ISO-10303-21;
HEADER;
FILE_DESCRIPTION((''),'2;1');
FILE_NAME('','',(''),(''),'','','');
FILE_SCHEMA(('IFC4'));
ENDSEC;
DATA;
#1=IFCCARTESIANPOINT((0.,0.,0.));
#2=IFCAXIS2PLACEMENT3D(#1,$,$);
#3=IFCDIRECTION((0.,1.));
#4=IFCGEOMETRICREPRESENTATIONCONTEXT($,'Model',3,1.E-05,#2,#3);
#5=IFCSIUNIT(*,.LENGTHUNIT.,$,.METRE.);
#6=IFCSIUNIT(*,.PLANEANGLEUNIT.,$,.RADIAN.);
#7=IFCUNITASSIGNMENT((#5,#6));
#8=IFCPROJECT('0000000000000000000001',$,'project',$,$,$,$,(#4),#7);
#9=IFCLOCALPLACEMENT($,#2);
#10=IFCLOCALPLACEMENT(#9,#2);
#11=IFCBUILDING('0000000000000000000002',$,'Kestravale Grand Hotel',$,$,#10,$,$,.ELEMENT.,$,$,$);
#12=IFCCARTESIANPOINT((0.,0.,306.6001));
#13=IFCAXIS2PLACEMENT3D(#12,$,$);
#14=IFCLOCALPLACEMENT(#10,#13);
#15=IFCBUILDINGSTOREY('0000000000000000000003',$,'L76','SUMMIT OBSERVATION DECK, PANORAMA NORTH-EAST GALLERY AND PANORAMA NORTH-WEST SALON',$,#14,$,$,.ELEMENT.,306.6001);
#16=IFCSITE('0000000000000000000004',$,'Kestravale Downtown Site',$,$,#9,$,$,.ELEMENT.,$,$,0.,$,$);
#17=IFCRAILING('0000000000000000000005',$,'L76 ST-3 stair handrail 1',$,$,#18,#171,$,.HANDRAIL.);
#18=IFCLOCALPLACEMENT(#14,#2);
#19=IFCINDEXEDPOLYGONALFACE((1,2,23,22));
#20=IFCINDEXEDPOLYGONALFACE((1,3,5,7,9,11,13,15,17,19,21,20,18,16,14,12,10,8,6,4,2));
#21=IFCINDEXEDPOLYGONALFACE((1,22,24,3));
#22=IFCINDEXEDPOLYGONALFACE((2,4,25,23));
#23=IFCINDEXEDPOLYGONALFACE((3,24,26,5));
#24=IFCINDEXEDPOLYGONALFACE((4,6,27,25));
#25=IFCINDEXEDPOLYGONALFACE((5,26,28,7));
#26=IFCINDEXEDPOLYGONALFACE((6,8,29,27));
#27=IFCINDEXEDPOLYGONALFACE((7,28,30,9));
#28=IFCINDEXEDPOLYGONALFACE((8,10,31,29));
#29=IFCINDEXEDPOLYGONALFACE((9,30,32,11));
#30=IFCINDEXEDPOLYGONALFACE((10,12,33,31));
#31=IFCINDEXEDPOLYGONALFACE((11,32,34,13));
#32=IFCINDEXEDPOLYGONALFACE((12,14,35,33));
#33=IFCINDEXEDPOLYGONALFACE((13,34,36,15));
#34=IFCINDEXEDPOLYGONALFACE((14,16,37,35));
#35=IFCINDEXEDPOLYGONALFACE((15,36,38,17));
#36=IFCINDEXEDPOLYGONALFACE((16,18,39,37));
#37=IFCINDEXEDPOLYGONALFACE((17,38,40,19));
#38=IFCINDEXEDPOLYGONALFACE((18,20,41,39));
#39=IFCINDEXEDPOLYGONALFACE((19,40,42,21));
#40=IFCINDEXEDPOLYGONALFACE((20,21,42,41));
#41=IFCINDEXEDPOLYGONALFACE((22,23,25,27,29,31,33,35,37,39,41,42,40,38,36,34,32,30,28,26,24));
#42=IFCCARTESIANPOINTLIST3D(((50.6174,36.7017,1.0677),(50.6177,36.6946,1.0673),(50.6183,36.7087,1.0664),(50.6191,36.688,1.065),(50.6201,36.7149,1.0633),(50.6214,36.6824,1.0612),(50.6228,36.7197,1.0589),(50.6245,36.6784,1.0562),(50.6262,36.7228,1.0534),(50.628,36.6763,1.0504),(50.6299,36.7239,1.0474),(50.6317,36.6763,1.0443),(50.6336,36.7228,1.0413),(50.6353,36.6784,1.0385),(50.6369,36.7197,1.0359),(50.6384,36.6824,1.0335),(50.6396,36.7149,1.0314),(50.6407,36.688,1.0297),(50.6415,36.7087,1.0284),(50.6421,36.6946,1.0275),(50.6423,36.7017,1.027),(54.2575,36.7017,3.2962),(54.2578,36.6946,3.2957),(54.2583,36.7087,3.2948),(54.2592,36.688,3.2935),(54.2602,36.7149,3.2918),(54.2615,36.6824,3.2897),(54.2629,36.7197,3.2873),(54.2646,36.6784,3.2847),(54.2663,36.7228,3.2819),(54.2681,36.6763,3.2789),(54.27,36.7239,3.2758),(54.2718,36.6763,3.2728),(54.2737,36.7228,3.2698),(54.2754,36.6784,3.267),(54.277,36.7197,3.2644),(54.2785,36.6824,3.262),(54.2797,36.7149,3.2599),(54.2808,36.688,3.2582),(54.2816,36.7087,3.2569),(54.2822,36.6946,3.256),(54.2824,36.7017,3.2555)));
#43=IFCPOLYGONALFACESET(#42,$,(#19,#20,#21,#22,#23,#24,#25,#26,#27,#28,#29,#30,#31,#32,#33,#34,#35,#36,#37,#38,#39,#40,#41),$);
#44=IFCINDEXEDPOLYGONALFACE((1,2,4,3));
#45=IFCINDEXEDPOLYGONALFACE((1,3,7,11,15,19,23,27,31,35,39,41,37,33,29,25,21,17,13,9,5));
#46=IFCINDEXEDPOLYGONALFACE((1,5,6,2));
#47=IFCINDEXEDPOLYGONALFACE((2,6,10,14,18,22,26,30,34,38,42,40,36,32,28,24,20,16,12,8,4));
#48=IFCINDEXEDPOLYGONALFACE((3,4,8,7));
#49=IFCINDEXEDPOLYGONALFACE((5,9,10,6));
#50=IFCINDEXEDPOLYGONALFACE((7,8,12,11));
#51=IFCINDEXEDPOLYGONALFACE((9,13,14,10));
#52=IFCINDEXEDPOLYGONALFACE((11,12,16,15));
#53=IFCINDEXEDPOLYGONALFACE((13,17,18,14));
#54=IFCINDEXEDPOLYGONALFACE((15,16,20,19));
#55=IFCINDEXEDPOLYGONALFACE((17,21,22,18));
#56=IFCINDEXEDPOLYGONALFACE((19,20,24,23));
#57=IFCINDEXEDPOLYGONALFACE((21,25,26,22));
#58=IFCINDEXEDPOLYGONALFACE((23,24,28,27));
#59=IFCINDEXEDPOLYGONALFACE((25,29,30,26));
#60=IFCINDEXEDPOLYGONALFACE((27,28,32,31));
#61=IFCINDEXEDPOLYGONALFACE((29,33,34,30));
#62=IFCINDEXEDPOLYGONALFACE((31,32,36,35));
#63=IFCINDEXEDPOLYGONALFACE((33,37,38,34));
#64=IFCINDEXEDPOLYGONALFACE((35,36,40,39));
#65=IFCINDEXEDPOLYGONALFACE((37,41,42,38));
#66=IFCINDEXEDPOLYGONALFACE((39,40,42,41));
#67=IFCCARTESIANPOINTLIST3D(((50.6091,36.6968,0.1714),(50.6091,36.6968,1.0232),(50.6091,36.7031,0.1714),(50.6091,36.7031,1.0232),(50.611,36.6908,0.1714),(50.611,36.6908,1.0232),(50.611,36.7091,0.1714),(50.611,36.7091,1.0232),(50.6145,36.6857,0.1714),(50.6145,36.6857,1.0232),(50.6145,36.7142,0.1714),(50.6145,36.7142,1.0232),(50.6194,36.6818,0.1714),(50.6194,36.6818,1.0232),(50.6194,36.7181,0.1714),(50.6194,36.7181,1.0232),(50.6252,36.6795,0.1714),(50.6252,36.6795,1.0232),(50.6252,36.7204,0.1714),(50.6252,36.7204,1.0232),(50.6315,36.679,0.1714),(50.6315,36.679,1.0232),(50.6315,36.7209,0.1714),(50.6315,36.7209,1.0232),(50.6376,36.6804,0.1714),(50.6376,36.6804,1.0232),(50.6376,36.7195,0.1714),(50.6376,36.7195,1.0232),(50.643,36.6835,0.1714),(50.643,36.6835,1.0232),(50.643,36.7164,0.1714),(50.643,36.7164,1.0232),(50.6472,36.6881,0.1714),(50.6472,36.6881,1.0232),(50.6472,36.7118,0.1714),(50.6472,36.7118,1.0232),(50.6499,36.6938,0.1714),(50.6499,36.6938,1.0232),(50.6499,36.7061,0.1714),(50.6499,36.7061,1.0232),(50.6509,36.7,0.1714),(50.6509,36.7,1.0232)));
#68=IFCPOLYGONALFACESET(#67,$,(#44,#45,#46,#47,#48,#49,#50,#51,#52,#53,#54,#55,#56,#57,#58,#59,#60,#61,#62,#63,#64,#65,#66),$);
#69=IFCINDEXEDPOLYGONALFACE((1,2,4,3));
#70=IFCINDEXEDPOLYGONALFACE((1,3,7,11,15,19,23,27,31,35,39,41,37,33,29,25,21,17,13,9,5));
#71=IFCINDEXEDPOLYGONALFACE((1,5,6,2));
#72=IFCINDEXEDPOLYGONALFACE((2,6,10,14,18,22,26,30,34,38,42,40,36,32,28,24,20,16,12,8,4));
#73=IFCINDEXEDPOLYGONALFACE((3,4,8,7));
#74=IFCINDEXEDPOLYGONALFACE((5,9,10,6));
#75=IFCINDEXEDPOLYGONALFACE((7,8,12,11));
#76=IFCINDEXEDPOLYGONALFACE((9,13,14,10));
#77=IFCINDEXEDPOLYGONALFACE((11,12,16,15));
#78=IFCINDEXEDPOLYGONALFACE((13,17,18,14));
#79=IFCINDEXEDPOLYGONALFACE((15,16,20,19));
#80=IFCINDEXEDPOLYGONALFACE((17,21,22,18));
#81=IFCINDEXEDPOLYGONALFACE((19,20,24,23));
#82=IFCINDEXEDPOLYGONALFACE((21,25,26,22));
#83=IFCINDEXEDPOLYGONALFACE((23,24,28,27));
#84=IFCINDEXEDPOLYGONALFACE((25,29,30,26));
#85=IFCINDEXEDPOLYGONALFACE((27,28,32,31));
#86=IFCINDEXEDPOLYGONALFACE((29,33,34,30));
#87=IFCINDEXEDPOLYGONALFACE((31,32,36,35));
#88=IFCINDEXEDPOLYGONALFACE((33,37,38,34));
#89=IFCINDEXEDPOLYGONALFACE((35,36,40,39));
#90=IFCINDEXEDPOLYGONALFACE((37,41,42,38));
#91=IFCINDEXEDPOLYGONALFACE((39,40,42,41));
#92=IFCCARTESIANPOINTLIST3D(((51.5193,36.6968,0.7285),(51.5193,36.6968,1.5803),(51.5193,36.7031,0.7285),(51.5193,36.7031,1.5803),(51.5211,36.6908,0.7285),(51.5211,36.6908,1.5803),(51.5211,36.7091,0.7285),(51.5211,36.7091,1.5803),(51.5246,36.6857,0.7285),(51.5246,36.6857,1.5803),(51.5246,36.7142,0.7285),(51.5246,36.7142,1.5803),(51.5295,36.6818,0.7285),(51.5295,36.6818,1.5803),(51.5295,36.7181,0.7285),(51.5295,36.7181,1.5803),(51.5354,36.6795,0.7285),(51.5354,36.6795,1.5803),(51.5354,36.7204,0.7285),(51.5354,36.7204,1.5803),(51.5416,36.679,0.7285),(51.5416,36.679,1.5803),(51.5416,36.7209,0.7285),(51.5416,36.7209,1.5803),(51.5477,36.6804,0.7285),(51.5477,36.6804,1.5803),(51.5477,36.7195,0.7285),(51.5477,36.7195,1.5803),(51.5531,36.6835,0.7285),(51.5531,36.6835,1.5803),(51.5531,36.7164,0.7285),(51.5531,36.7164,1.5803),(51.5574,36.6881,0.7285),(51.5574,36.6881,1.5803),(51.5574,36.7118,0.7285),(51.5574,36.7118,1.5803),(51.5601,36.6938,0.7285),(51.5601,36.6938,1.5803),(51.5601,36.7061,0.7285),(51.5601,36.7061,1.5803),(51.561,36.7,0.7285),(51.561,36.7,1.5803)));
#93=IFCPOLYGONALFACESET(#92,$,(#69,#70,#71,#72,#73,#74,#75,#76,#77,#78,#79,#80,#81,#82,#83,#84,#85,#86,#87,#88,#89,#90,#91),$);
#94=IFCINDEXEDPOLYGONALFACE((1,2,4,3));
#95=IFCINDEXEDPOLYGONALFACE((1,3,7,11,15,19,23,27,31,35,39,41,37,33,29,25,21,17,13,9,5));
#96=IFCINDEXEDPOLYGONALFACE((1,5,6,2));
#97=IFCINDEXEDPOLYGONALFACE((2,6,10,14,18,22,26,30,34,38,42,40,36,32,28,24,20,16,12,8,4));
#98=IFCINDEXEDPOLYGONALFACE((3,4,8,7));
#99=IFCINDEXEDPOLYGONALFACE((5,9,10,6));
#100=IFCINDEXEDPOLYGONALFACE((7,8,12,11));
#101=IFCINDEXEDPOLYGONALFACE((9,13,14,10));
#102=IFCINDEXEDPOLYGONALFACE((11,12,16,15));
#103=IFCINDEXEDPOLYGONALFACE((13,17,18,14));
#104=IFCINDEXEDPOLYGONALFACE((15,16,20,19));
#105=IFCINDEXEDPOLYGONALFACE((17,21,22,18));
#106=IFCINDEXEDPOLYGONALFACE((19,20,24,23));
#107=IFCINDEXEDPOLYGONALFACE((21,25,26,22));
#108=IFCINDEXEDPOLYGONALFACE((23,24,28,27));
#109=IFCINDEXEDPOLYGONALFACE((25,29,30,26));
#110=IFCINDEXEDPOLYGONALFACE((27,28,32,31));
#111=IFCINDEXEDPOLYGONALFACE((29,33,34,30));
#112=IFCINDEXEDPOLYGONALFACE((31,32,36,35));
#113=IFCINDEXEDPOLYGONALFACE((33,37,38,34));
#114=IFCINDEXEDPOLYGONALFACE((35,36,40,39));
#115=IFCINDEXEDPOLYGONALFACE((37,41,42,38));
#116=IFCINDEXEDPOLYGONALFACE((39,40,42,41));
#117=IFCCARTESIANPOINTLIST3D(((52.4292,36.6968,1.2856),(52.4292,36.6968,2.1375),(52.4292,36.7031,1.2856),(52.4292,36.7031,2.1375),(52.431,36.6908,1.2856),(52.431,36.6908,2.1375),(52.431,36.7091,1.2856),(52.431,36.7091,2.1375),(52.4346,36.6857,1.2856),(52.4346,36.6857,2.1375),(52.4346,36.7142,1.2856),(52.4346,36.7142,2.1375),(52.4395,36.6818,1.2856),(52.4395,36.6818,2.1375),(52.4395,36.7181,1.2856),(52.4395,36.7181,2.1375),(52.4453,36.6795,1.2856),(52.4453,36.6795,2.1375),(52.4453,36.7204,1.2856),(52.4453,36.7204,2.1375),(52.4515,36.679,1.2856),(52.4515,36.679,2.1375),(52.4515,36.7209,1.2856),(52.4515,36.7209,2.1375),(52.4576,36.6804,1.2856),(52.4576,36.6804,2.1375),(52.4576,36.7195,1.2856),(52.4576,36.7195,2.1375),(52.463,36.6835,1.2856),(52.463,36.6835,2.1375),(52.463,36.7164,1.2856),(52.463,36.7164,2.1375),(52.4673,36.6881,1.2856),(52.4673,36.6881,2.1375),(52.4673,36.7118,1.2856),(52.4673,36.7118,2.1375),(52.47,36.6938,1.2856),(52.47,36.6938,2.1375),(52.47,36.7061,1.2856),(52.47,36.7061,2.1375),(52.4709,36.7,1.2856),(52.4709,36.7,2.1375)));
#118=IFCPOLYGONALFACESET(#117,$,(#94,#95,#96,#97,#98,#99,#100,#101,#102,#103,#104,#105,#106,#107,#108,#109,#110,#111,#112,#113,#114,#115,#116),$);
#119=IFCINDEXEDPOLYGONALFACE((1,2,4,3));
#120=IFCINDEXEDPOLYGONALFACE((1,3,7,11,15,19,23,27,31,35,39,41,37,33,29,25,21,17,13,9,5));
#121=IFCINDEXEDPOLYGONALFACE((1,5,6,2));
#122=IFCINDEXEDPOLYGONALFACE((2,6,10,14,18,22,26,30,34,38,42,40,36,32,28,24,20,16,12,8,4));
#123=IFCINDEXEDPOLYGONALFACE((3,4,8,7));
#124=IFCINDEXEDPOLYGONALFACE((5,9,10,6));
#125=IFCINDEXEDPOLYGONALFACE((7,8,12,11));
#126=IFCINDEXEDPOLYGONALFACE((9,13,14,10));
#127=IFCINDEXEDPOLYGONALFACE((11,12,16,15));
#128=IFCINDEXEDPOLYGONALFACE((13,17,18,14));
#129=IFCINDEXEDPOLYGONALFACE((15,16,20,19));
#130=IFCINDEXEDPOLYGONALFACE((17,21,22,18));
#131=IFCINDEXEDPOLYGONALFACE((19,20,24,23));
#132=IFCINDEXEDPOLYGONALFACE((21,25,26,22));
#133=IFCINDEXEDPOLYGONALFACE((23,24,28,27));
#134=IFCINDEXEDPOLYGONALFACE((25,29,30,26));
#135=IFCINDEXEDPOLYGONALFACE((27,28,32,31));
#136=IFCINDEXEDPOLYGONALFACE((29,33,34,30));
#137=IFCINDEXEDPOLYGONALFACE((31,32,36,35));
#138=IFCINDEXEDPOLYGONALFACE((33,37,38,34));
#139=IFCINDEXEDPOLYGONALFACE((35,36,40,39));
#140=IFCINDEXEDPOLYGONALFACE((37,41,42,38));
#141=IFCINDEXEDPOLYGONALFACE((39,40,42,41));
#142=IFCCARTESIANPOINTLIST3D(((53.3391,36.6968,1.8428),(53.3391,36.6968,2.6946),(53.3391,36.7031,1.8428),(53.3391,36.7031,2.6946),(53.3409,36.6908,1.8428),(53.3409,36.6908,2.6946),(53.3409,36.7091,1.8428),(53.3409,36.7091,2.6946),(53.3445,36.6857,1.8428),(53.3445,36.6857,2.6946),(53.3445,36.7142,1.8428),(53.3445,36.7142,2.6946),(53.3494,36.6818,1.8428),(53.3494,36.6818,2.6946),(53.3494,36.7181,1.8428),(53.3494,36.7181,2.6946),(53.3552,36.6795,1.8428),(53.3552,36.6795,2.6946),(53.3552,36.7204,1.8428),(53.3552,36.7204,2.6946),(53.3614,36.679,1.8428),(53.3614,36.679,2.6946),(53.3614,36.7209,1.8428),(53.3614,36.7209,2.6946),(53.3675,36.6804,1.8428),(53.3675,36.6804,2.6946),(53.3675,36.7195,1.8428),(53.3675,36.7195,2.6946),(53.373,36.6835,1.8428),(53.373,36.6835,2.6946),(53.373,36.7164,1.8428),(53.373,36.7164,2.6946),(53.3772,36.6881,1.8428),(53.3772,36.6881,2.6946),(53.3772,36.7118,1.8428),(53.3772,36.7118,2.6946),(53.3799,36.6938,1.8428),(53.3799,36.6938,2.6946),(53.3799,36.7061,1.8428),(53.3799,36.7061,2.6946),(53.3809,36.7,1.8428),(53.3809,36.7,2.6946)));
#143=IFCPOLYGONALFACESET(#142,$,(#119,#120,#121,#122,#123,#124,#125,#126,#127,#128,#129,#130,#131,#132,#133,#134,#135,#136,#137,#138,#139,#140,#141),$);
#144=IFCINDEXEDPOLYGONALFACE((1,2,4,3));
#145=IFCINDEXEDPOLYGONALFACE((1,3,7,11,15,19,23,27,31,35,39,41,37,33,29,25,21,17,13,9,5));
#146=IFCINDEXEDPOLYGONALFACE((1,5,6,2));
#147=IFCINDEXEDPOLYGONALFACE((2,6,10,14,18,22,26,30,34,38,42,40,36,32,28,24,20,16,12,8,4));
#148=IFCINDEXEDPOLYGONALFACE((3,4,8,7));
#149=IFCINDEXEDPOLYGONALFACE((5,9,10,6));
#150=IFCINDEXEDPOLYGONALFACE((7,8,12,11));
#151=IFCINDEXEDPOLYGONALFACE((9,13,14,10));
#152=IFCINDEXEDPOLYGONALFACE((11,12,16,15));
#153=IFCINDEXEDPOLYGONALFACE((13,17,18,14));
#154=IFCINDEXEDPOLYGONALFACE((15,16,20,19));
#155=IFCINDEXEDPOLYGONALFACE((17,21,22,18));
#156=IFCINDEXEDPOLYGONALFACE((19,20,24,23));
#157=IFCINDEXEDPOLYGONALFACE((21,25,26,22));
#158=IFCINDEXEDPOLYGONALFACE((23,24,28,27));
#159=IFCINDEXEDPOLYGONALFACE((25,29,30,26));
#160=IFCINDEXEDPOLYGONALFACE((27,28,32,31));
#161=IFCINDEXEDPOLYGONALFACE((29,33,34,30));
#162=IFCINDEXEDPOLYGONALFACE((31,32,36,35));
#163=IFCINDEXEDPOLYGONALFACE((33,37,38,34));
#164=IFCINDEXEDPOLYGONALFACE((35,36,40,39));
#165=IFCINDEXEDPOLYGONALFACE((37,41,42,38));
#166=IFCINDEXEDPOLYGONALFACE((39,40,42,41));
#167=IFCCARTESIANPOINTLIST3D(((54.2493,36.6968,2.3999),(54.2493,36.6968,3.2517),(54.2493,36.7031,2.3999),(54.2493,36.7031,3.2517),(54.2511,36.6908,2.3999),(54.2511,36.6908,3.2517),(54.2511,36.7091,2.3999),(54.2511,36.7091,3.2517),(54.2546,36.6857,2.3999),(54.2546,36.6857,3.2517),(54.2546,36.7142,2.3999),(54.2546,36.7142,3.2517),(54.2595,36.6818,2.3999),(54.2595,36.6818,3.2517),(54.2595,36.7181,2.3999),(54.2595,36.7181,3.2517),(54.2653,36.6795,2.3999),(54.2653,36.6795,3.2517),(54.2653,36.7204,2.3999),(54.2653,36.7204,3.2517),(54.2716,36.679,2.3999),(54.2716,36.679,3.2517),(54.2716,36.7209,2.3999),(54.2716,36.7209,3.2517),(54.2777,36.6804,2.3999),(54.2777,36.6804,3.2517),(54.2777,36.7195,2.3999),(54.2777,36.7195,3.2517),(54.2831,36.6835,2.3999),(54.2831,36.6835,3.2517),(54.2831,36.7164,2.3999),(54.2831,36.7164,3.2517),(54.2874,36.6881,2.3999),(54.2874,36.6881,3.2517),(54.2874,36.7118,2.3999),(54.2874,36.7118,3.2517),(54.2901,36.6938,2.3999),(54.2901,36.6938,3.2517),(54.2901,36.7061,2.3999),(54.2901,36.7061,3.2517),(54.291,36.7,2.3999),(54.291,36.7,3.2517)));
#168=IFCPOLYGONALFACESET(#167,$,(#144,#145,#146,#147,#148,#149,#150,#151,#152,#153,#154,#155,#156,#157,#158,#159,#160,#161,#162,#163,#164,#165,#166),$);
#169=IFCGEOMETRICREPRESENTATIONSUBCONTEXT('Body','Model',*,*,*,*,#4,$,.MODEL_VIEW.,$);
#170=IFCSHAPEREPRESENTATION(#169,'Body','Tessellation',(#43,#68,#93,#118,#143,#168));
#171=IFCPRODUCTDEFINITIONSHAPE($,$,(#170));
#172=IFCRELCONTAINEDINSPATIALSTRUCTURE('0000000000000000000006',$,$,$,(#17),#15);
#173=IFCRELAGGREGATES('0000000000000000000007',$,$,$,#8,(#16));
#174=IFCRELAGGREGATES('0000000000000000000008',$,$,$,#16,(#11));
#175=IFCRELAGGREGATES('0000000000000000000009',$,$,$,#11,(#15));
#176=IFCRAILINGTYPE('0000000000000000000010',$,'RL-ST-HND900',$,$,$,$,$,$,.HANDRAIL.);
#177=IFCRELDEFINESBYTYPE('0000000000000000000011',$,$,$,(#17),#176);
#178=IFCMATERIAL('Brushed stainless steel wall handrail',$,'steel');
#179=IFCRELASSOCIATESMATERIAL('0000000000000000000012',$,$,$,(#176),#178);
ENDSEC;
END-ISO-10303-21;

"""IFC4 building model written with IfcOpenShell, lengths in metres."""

from ifc_helpers import new_model, si_unit, direction, frame, origin, origin_2d, place, context, subcontext, project, spatial, circle, extrude, material, type_object, element, save


model = new_model("IFC4")

# Units and contexts
model_context = context("Model", 3, precision=1e-05, world=origin(), true_north=direction((0.0, 1.0)))
body_context = subcontext(model_context, "Body", "Model", "MODEL_VIEW")
ifc_project = project(units=[si_unit("LENGTHUNIT", "METRE"), si_unit("PLANEANGLEUNIT", "RADIAN")], contexts=[model_context])

# Site, building, storey
site_placement = place(None, origin())
site = spatial("IfcSite", under=ifc_project, at=site_placement, Name="Kestravale Downtown Site", CompositionType="ELEMENT", RefElevation=0.0)
building_placement = place(site_placement, origin())
building = spatial("IfcBuilding", under=site, at=building_placement, Name="Kestravale Grand Hotel", CompositionType="ELEMENT")
storey_placement = place(building_placement, frame((0.0, 0.0, 306.6001)))
storey = spatial("IfcBuildingStorey", under=building, at=storey_placement, Name="L76", Description="SUMMIT OBSERVATION DECK, PANORAMA NORTH-EAST GALLERY AND PANORAMA NORTH-WEST SALON", CompositionType="ELEMENT", Elevation=306.6001)

# Railing
ifc_material_1 = material(Name="Brushed stainless steel wall handrail", Category="steel")
railing_type_1 = type_object("IfcRailingType", Name="RL-ST-HND900", PredefinedType="HANDRAIL", material=ifc_material_1)
railing_1_placement = place(storey_placement, frame((50.6299, 36.7, 0.1714)))
element("IfcRailing", 1, at=railing_1_placement, inside=storey, type_object=railing_type_1, Name="L76 ST-3 stair handrail 1", PredefinedType="HANDRAIL", context=body_context, shape_type="SweptSolid", body=[
    extrude(circle(Radius=0.0239, at=origin_2d()), frame((0.0, 0.0, 0.876), z_axis=(0.852866, 0.0, 0.52213), x_axis=(0.0, 1.0, 0.0)), (0.0, 0.0, 1.0), 4.2681),
    extrude(circle(Radius=0.021, at=origin_2d()), origin(), (0.0, 0.0, 1.0), 0.8518),
    extrude(circle(Radius=0.021, at=origin_2d()), frame((0.9102, 0.0, 0.5571)), (0.0, 0.0, 1.0), 0.8518),
    extrude(circle(Radius=0.021, at=origin_2d()), frame((1.8201, 0.0, 1.1143)), (0.0, 0.0, 1.0), 0.8518),
    extrude(circle(Radius=0.021, at=origin_2d()), frame((2.73, 0.0, 1.6714)), (0.0, 0.0, 1.0), 0.8518),
    extrude(circle(Radius=0.021, at=origin_2d()), frame((3.6401, 0.0, 2.2285)), (0.0, 0.0, 1.0), 0.8518),
])

save(model, "model.ifc")
